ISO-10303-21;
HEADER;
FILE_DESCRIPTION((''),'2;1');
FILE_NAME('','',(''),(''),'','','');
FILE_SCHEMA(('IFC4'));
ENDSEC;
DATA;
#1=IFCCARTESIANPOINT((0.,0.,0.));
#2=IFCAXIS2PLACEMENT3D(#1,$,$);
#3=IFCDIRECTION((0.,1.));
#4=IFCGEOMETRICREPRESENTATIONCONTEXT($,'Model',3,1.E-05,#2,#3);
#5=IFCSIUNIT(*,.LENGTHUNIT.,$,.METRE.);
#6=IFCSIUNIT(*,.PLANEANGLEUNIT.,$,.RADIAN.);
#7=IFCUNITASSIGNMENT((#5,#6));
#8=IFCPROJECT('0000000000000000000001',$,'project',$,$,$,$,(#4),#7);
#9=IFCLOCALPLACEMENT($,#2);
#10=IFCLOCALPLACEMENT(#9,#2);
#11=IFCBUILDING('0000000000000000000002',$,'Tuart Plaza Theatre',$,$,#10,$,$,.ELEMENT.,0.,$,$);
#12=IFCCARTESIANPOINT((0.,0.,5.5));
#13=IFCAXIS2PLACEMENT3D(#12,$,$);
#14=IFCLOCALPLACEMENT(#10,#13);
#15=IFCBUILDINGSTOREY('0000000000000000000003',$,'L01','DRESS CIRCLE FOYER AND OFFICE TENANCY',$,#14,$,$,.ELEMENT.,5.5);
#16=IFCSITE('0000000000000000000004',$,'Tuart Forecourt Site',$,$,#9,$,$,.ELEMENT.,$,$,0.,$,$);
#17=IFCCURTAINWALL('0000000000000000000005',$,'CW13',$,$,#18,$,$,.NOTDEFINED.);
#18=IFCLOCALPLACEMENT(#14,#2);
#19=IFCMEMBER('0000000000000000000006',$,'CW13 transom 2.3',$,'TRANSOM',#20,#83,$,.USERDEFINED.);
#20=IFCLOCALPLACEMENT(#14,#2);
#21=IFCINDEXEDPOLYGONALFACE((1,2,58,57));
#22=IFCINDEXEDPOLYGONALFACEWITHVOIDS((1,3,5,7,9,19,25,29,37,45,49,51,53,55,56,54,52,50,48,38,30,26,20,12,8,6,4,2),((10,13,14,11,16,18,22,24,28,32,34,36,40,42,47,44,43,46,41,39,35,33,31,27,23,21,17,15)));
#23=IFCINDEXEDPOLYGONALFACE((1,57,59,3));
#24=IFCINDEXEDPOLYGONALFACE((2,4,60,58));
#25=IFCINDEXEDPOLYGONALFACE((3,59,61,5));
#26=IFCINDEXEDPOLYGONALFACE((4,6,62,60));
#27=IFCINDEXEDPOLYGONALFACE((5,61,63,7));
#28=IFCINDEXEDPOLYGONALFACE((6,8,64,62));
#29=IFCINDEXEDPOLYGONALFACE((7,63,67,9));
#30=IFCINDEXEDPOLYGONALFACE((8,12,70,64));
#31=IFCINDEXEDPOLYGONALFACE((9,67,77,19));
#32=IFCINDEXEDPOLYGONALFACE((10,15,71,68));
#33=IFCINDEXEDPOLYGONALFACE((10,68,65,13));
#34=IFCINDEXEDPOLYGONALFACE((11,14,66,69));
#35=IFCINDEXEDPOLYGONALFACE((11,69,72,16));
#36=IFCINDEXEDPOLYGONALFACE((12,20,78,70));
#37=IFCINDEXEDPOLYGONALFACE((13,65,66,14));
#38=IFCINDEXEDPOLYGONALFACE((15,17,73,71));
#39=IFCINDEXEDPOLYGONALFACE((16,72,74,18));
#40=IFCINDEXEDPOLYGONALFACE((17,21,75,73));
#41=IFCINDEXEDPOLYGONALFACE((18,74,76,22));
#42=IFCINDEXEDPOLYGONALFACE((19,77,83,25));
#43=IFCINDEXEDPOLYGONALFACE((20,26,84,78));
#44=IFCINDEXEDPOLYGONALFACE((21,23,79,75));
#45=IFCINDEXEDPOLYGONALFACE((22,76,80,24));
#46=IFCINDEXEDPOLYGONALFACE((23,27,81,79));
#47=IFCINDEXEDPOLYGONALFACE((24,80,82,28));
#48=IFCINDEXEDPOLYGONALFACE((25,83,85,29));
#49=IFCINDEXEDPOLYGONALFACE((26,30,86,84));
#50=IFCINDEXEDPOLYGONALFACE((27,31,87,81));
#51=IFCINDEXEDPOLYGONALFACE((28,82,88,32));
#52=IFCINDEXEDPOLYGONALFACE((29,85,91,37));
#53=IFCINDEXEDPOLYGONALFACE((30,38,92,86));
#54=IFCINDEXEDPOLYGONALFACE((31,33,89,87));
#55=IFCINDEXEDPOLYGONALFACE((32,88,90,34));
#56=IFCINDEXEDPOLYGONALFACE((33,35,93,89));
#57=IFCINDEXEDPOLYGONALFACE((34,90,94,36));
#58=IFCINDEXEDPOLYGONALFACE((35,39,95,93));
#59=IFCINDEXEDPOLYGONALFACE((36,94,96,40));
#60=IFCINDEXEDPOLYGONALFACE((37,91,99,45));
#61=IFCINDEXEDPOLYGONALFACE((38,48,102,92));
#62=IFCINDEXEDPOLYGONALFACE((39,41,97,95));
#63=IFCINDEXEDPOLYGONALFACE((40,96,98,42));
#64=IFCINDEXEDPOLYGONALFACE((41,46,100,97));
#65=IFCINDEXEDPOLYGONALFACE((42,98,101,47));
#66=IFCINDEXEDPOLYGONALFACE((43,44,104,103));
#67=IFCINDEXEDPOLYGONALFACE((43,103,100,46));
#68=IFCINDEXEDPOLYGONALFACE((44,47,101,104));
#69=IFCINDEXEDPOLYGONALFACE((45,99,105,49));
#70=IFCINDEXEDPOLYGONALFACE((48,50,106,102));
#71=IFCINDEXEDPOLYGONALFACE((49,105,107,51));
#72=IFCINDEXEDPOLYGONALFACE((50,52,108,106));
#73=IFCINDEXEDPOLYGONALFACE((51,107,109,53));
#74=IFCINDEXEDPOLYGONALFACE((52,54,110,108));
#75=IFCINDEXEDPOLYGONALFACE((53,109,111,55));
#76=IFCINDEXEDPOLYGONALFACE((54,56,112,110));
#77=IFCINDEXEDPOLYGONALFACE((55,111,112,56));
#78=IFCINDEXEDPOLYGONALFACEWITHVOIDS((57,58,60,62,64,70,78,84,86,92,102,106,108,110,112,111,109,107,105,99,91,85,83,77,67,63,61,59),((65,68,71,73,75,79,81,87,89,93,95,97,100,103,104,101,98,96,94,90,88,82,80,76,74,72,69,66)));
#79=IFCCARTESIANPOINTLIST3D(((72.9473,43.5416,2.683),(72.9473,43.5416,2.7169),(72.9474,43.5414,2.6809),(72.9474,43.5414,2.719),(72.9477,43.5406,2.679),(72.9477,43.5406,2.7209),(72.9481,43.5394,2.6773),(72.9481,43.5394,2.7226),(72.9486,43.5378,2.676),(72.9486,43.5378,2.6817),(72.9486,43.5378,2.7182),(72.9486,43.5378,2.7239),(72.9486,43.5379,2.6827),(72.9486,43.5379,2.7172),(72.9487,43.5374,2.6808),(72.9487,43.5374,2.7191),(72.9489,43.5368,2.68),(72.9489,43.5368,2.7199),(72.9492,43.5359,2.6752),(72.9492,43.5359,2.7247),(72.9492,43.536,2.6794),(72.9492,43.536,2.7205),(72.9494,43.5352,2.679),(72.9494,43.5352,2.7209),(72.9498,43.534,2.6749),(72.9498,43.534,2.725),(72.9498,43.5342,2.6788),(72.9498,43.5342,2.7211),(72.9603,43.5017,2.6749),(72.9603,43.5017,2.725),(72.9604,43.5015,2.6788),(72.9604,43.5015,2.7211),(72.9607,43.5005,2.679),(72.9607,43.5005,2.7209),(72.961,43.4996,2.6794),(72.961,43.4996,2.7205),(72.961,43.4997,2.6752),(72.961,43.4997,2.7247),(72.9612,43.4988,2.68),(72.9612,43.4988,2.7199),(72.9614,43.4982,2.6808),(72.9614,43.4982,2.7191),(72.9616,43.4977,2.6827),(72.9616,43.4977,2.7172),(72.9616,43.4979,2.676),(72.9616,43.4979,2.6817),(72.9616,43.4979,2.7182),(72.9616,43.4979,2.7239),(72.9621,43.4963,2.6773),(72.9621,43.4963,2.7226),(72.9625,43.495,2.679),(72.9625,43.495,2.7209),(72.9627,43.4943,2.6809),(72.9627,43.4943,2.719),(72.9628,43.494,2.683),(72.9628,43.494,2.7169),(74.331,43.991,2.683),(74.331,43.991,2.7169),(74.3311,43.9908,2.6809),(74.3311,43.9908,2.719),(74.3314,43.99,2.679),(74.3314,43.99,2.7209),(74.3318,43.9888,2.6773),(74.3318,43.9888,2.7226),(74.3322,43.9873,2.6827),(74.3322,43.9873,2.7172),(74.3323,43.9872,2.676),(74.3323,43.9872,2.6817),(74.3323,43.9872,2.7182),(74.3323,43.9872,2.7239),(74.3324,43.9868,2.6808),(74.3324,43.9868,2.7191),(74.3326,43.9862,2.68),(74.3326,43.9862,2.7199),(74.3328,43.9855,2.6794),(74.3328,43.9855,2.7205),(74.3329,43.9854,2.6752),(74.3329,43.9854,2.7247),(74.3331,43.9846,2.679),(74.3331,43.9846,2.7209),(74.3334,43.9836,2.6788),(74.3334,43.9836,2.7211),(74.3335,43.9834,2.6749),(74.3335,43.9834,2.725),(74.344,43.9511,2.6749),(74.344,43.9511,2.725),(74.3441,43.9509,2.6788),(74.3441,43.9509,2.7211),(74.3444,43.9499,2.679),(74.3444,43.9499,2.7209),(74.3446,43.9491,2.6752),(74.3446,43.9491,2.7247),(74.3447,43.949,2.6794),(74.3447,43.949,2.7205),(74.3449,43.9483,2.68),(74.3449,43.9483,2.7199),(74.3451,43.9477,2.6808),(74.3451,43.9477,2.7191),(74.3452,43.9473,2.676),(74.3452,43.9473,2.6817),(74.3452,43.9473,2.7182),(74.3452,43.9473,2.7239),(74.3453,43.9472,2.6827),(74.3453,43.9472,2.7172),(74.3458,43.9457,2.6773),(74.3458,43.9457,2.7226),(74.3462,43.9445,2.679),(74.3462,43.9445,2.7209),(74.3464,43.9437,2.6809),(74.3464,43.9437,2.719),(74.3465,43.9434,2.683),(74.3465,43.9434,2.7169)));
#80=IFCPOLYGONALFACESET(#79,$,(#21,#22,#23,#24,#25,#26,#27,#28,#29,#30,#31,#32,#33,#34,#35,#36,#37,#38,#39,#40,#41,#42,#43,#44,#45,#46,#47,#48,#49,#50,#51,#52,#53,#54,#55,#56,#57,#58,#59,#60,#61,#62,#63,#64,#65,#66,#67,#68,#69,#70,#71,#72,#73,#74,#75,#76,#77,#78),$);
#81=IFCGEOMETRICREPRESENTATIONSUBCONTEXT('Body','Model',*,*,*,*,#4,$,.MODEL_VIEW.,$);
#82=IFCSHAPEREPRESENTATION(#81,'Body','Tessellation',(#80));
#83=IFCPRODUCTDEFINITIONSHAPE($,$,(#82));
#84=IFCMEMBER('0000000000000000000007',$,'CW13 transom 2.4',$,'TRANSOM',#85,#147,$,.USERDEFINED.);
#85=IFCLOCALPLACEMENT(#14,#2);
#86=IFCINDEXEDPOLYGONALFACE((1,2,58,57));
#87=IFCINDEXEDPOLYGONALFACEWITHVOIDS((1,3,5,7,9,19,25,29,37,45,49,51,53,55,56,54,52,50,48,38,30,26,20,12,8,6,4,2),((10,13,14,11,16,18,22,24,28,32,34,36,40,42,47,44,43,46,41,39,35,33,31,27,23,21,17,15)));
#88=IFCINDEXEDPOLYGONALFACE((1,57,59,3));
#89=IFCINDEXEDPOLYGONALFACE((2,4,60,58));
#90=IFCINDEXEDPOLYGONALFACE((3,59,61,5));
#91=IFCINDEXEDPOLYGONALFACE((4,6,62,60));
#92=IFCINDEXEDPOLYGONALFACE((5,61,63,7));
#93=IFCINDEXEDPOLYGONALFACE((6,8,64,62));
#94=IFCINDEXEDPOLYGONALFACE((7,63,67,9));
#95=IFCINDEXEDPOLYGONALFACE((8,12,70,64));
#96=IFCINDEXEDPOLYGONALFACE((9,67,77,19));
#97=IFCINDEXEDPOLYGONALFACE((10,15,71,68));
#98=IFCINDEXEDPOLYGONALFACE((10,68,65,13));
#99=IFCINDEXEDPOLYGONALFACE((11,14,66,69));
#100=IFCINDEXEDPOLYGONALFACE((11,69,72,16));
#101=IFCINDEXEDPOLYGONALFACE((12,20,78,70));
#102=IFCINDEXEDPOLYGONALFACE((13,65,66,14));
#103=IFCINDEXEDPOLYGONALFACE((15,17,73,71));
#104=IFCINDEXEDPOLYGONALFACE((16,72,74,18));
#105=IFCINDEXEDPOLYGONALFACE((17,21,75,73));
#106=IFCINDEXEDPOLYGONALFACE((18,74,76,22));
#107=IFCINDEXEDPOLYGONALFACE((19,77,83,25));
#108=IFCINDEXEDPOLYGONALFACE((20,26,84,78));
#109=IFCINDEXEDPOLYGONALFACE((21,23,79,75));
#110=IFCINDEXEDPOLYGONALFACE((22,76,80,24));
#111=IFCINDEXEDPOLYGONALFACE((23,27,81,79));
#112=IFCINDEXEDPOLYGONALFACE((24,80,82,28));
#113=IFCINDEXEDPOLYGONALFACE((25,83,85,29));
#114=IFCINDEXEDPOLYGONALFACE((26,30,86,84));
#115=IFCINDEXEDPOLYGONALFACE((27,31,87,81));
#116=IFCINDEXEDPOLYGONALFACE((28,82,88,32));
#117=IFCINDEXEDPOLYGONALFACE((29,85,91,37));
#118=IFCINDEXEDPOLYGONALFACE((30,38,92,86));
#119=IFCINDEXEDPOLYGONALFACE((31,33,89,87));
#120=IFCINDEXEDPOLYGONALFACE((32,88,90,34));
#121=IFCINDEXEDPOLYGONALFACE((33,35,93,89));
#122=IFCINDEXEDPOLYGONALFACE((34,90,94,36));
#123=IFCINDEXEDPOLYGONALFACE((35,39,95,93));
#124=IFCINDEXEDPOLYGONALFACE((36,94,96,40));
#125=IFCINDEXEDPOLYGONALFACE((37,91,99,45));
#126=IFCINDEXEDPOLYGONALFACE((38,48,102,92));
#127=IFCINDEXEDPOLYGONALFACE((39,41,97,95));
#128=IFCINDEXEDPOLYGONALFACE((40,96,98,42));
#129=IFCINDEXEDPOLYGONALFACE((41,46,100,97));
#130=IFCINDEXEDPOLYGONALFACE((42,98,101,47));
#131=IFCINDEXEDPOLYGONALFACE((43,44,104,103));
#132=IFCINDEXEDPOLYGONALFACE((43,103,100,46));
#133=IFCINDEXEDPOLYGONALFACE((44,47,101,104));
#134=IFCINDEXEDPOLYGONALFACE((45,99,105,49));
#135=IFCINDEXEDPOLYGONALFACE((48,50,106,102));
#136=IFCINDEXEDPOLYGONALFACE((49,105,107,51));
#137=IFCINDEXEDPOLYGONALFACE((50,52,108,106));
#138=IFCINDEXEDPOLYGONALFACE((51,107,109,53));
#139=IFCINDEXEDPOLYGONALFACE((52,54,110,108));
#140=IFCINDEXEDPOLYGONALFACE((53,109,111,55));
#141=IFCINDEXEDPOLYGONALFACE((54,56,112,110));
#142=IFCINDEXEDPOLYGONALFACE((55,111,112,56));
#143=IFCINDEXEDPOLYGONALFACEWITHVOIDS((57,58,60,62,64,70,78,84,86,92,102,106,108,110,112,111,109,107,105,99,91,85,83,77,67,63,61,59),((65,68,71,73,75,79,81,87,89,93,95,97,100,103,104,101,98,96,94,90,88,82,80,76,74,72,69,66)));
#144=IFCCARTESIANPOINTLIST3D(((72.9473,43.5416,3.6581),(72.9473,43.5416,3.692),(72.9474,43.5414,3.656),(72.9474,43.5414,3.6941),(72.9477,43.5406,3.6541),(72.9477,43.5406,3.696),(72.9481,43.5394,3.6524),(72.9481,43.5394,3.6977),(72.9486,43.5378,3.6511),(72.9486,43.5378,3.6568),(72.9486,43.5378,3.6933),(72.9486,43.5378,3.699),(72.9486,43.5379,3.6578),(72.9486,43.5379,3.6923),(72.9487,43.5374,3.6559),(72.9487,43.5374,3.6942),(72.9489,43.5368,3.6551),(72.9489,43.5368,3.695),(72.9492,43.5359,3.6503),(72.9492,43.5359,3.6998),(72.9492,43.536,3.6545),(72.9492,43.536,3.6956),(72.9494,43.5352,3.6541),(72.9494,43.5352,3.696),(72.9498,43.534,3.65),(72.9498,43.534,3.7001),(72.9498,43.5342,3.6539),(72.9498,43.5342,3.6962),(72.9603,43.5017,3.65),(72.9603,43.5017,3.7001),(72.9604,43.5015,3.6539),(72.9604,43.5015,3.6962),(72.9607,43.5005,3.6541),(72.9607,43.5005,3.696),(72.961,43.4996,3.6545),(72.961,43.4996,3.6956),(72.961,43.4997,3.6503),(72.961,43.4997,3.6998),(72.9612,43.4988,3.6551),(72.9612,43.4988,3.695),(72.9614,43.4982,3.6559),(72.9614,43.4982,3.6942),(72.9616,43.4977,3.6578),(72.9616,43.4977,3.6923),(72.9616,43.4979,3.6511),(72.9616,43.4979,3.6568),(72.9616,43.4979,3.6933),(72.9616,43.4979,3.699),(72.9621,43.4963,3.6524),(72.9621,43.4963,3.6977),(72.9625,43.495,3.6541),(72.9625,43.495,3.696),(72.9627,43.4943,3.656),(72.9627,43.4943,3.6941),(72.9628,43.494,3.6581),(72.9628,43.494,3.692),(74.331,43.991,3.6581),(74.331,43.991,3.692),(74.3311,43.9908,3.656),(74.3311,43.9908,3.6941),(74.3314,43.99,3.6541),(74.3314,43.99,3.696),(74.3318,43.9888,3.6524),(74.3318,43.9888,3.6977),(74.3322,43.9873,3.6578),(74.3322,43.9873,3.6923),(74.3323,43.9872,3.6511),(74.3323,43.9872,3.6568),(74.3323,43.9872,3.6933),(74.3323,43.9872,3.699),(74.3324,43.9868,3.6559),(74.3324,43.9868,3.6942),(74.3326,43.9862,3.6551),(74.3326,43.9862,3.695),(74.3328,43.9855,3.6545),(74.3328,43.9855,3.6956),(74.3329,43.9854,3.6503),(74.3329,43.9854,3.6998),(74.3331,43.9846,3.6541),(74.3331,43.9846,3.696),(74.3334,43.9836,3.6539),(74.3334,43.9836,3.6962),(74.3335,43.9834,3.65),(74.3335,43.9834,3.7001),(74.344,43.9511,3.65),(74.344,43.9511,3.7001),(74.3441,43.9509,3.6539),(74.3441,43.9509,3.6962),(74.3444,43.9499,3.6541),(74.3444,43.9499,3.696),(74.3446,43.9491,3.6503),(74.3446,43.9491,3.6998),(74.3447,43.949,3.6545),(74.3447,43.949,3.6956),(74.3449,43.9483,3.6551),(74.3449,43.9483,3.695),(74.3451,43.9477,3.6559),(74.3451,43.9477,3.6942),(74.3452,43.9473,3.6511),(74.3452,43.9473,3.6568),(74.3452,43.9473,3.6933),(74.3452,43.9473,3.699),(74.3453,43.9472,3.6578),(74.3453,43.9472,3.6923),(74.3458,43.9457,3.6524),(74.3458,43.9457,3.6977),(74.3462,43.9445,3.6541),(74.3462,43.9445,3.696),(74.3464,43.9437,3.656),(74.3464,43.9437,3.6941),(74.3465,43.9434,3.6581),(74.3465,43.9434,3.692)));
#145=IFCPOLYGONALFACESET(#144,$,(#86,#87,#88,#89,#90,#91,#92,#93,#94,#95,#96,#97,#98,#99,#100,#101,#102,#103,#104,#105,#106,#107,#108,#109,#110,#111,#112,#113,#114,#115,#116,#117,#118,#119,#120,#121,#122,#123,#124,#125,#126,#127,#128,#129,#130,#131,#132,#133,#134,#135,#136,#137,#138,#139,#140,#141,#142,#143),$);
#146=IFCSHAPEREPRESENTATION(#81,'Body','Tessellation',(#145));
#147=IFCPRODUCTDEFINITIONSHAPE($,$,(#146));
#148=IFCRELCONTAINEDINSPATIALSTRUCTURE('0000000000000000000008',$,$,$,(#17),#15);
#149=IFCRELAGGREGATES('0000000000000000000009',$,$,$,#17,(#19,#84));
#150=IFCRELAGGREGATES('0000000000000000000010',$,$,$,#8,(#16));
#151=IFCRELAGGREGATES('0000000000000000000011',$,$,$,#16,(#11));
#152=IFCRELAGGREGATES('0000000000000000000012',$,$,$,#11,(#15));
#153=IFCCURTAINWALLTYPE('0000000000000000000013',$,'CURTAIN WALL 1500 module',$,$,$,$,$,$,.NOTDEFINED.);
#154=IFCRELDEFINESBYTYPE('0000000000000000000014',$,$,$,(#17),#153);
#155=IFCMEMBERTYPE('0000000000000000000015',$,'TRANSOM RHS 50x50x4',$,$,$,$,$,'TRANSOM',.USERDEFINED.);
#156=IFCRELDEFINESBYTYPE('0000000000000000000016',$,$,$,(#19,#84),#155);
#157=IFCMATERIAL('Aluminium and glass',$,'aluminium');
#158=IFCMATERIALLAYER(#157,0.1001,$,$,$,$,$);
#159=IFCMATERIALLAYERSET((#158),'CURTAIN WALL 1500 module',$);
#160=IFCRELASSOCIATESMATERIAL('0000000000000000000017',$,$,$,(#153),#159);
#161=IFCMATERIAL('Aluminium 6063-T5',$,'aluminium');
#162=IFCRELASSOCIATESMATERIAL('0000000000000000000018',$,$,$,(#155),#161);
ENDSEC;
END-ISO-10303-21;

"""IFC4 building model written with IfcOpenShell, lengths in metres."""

from ifc_helpers import new_model, si_unit, direction, frame, origin, origin_2d, place, context, subcontext, project, spatial, hollow_rectangle, extrude, material, layer, layer_set, material_profile, profile_set, type_object, element, aggregate, save


model = new_model("IFC4")

# Units and contexts
model_context = context("Model", 3, precision=1e-05, world=origin(), true_north=direction((0.0, 1.0)))
body_context = subcontext(model_context, "Body", "Model", "MODEL_VIEW")
ifc_project = project(units=[si_unit("LENGTHUNIT", "METRE"), si_unit("PLANEANGLEUNIT", "RADIAN")], contexts=[model_context])

# Site, building, storey
site_placement = place(None, origin())
site = spatial("IfcSite", under=ifc_project, at=site_placement, Name="Tuart Forecourt Site", CompositionType="ELEMENT", RefElevation=0.0)
building_placement = place(site_placement, origin())
building = spatial("IfcBuilding", under=site, at=building_placement, Name="Tuart Plaza Theatre", CompositionType="ELEMENT", ElevationOfRefHeight=0.0)
storey_placement = place(building_placement, frame((0.0, 0.0, 5.5)))
storey = spatial("IfcBuildingStorey", under=building, at=storey_placement, Name="L01", Description="DRESS CIRCLE FOYER AND OFFICE TENANCY", CompositionType="ELEMENT", Elevation=5.5)

# Curtain wall, members
ifc_material_1 = material(Name="Aluminium and glass", Category="aluminium")
ifc_layer_1 = layer(ifc_material_1, 0.1001)
ifc_layer_set_1 = layer_set([ifc_layer_1], Name="CURTAIN WALL 1500 module")
curtain_wall_type = type_object("IfcCurtainWallType", Name="CURTAIN WALL 1500 module", PredefinedType="NOTDEFINED", material=ifc_layer_set_1)
curtain_wall_placement = place(storey_placement, origin())
curtain_wall = element("IfcCurtainWall", 1, at=curtain_wall_placement, inside=storey, type_object=curtain_wall_type, Name="CW13", PredefinedType="NOTDEFINED")
ifc_material_2 = material(Name="Aluminium 6063-T5", Category="aluminium")
ifc_material_profile_1 = material_profile(ifc_material_2, hollow_rectangle(XDim=0.05, YDim=0.05, WallThickness=0.0039, InnerFilletRadius=0.0039, OuterFilletRadius=0.0081, at=origin_2d()), Name="RHS 50x50x4")
ifc_profile_set_1 = profile_set([ifc_material_profile_1], Name="Aluminium 6063-T5")
member_type_1 = type_object("IfcMemberType", Name="TRANSOM RHS 50x50x4", ElementType="TRANSOM", PredefinedType="USERDEFINED", material=ifc_profile_set_1)
member_1_placement = place(storey_placement, frame((72.9551, 43.5178, 2.7), z_axis=(0.951088, 0.308919, 0.0), x_axis=(-0.308919, 0.951088, 0.0)))
member_1 = element("IfcMember", 2, at=member_1_placement, type_object=member_type_1, Name="CW13 transom 2.3", ObjectType="TRANSOM", PredefinedType="USERDEFINED", context=body_context, shape_type="SweptSolid", body=[
    extrude(hollow_rectangle(XDim=0.05, YDim=0.05, WallThickness=0.0039, InnerFilletRadius=0.0039, OuterFilletRadius=0.0081, at=origin_2d()), origin(), (0.0, 0.0, 1.0), 1.4548),
])
member_2_placement = place(storey_placement, frame((72.9551, 43.5178, 3.675), z_axis=(0.951088, 0.308919, 0.0), x_axis=(-0.308919, 0.951088, 0.0)))
member_2 = element("IfcMember", 3, at=member_2_placement, type_object=member_type_1, Name="CW13 transom 2.4", ObjectType="TRANSOM", PredefinedType="USERDEFINED", context=body_context, shape_type="SweptSolid", body=[
    extrude(hollow_rectangle(XDim=0.05, YDim=0.05, WallThickness=0.0039, InnerFilletRadius=0.0039, OuterFilletRadius=0.0081, at=origin_2d()), origin(), (0.0, 0.0, 1.0), 1.4548),
])
aggregate(curtain_wall, [member_1, member_2])

save(model, "model.ifc")
